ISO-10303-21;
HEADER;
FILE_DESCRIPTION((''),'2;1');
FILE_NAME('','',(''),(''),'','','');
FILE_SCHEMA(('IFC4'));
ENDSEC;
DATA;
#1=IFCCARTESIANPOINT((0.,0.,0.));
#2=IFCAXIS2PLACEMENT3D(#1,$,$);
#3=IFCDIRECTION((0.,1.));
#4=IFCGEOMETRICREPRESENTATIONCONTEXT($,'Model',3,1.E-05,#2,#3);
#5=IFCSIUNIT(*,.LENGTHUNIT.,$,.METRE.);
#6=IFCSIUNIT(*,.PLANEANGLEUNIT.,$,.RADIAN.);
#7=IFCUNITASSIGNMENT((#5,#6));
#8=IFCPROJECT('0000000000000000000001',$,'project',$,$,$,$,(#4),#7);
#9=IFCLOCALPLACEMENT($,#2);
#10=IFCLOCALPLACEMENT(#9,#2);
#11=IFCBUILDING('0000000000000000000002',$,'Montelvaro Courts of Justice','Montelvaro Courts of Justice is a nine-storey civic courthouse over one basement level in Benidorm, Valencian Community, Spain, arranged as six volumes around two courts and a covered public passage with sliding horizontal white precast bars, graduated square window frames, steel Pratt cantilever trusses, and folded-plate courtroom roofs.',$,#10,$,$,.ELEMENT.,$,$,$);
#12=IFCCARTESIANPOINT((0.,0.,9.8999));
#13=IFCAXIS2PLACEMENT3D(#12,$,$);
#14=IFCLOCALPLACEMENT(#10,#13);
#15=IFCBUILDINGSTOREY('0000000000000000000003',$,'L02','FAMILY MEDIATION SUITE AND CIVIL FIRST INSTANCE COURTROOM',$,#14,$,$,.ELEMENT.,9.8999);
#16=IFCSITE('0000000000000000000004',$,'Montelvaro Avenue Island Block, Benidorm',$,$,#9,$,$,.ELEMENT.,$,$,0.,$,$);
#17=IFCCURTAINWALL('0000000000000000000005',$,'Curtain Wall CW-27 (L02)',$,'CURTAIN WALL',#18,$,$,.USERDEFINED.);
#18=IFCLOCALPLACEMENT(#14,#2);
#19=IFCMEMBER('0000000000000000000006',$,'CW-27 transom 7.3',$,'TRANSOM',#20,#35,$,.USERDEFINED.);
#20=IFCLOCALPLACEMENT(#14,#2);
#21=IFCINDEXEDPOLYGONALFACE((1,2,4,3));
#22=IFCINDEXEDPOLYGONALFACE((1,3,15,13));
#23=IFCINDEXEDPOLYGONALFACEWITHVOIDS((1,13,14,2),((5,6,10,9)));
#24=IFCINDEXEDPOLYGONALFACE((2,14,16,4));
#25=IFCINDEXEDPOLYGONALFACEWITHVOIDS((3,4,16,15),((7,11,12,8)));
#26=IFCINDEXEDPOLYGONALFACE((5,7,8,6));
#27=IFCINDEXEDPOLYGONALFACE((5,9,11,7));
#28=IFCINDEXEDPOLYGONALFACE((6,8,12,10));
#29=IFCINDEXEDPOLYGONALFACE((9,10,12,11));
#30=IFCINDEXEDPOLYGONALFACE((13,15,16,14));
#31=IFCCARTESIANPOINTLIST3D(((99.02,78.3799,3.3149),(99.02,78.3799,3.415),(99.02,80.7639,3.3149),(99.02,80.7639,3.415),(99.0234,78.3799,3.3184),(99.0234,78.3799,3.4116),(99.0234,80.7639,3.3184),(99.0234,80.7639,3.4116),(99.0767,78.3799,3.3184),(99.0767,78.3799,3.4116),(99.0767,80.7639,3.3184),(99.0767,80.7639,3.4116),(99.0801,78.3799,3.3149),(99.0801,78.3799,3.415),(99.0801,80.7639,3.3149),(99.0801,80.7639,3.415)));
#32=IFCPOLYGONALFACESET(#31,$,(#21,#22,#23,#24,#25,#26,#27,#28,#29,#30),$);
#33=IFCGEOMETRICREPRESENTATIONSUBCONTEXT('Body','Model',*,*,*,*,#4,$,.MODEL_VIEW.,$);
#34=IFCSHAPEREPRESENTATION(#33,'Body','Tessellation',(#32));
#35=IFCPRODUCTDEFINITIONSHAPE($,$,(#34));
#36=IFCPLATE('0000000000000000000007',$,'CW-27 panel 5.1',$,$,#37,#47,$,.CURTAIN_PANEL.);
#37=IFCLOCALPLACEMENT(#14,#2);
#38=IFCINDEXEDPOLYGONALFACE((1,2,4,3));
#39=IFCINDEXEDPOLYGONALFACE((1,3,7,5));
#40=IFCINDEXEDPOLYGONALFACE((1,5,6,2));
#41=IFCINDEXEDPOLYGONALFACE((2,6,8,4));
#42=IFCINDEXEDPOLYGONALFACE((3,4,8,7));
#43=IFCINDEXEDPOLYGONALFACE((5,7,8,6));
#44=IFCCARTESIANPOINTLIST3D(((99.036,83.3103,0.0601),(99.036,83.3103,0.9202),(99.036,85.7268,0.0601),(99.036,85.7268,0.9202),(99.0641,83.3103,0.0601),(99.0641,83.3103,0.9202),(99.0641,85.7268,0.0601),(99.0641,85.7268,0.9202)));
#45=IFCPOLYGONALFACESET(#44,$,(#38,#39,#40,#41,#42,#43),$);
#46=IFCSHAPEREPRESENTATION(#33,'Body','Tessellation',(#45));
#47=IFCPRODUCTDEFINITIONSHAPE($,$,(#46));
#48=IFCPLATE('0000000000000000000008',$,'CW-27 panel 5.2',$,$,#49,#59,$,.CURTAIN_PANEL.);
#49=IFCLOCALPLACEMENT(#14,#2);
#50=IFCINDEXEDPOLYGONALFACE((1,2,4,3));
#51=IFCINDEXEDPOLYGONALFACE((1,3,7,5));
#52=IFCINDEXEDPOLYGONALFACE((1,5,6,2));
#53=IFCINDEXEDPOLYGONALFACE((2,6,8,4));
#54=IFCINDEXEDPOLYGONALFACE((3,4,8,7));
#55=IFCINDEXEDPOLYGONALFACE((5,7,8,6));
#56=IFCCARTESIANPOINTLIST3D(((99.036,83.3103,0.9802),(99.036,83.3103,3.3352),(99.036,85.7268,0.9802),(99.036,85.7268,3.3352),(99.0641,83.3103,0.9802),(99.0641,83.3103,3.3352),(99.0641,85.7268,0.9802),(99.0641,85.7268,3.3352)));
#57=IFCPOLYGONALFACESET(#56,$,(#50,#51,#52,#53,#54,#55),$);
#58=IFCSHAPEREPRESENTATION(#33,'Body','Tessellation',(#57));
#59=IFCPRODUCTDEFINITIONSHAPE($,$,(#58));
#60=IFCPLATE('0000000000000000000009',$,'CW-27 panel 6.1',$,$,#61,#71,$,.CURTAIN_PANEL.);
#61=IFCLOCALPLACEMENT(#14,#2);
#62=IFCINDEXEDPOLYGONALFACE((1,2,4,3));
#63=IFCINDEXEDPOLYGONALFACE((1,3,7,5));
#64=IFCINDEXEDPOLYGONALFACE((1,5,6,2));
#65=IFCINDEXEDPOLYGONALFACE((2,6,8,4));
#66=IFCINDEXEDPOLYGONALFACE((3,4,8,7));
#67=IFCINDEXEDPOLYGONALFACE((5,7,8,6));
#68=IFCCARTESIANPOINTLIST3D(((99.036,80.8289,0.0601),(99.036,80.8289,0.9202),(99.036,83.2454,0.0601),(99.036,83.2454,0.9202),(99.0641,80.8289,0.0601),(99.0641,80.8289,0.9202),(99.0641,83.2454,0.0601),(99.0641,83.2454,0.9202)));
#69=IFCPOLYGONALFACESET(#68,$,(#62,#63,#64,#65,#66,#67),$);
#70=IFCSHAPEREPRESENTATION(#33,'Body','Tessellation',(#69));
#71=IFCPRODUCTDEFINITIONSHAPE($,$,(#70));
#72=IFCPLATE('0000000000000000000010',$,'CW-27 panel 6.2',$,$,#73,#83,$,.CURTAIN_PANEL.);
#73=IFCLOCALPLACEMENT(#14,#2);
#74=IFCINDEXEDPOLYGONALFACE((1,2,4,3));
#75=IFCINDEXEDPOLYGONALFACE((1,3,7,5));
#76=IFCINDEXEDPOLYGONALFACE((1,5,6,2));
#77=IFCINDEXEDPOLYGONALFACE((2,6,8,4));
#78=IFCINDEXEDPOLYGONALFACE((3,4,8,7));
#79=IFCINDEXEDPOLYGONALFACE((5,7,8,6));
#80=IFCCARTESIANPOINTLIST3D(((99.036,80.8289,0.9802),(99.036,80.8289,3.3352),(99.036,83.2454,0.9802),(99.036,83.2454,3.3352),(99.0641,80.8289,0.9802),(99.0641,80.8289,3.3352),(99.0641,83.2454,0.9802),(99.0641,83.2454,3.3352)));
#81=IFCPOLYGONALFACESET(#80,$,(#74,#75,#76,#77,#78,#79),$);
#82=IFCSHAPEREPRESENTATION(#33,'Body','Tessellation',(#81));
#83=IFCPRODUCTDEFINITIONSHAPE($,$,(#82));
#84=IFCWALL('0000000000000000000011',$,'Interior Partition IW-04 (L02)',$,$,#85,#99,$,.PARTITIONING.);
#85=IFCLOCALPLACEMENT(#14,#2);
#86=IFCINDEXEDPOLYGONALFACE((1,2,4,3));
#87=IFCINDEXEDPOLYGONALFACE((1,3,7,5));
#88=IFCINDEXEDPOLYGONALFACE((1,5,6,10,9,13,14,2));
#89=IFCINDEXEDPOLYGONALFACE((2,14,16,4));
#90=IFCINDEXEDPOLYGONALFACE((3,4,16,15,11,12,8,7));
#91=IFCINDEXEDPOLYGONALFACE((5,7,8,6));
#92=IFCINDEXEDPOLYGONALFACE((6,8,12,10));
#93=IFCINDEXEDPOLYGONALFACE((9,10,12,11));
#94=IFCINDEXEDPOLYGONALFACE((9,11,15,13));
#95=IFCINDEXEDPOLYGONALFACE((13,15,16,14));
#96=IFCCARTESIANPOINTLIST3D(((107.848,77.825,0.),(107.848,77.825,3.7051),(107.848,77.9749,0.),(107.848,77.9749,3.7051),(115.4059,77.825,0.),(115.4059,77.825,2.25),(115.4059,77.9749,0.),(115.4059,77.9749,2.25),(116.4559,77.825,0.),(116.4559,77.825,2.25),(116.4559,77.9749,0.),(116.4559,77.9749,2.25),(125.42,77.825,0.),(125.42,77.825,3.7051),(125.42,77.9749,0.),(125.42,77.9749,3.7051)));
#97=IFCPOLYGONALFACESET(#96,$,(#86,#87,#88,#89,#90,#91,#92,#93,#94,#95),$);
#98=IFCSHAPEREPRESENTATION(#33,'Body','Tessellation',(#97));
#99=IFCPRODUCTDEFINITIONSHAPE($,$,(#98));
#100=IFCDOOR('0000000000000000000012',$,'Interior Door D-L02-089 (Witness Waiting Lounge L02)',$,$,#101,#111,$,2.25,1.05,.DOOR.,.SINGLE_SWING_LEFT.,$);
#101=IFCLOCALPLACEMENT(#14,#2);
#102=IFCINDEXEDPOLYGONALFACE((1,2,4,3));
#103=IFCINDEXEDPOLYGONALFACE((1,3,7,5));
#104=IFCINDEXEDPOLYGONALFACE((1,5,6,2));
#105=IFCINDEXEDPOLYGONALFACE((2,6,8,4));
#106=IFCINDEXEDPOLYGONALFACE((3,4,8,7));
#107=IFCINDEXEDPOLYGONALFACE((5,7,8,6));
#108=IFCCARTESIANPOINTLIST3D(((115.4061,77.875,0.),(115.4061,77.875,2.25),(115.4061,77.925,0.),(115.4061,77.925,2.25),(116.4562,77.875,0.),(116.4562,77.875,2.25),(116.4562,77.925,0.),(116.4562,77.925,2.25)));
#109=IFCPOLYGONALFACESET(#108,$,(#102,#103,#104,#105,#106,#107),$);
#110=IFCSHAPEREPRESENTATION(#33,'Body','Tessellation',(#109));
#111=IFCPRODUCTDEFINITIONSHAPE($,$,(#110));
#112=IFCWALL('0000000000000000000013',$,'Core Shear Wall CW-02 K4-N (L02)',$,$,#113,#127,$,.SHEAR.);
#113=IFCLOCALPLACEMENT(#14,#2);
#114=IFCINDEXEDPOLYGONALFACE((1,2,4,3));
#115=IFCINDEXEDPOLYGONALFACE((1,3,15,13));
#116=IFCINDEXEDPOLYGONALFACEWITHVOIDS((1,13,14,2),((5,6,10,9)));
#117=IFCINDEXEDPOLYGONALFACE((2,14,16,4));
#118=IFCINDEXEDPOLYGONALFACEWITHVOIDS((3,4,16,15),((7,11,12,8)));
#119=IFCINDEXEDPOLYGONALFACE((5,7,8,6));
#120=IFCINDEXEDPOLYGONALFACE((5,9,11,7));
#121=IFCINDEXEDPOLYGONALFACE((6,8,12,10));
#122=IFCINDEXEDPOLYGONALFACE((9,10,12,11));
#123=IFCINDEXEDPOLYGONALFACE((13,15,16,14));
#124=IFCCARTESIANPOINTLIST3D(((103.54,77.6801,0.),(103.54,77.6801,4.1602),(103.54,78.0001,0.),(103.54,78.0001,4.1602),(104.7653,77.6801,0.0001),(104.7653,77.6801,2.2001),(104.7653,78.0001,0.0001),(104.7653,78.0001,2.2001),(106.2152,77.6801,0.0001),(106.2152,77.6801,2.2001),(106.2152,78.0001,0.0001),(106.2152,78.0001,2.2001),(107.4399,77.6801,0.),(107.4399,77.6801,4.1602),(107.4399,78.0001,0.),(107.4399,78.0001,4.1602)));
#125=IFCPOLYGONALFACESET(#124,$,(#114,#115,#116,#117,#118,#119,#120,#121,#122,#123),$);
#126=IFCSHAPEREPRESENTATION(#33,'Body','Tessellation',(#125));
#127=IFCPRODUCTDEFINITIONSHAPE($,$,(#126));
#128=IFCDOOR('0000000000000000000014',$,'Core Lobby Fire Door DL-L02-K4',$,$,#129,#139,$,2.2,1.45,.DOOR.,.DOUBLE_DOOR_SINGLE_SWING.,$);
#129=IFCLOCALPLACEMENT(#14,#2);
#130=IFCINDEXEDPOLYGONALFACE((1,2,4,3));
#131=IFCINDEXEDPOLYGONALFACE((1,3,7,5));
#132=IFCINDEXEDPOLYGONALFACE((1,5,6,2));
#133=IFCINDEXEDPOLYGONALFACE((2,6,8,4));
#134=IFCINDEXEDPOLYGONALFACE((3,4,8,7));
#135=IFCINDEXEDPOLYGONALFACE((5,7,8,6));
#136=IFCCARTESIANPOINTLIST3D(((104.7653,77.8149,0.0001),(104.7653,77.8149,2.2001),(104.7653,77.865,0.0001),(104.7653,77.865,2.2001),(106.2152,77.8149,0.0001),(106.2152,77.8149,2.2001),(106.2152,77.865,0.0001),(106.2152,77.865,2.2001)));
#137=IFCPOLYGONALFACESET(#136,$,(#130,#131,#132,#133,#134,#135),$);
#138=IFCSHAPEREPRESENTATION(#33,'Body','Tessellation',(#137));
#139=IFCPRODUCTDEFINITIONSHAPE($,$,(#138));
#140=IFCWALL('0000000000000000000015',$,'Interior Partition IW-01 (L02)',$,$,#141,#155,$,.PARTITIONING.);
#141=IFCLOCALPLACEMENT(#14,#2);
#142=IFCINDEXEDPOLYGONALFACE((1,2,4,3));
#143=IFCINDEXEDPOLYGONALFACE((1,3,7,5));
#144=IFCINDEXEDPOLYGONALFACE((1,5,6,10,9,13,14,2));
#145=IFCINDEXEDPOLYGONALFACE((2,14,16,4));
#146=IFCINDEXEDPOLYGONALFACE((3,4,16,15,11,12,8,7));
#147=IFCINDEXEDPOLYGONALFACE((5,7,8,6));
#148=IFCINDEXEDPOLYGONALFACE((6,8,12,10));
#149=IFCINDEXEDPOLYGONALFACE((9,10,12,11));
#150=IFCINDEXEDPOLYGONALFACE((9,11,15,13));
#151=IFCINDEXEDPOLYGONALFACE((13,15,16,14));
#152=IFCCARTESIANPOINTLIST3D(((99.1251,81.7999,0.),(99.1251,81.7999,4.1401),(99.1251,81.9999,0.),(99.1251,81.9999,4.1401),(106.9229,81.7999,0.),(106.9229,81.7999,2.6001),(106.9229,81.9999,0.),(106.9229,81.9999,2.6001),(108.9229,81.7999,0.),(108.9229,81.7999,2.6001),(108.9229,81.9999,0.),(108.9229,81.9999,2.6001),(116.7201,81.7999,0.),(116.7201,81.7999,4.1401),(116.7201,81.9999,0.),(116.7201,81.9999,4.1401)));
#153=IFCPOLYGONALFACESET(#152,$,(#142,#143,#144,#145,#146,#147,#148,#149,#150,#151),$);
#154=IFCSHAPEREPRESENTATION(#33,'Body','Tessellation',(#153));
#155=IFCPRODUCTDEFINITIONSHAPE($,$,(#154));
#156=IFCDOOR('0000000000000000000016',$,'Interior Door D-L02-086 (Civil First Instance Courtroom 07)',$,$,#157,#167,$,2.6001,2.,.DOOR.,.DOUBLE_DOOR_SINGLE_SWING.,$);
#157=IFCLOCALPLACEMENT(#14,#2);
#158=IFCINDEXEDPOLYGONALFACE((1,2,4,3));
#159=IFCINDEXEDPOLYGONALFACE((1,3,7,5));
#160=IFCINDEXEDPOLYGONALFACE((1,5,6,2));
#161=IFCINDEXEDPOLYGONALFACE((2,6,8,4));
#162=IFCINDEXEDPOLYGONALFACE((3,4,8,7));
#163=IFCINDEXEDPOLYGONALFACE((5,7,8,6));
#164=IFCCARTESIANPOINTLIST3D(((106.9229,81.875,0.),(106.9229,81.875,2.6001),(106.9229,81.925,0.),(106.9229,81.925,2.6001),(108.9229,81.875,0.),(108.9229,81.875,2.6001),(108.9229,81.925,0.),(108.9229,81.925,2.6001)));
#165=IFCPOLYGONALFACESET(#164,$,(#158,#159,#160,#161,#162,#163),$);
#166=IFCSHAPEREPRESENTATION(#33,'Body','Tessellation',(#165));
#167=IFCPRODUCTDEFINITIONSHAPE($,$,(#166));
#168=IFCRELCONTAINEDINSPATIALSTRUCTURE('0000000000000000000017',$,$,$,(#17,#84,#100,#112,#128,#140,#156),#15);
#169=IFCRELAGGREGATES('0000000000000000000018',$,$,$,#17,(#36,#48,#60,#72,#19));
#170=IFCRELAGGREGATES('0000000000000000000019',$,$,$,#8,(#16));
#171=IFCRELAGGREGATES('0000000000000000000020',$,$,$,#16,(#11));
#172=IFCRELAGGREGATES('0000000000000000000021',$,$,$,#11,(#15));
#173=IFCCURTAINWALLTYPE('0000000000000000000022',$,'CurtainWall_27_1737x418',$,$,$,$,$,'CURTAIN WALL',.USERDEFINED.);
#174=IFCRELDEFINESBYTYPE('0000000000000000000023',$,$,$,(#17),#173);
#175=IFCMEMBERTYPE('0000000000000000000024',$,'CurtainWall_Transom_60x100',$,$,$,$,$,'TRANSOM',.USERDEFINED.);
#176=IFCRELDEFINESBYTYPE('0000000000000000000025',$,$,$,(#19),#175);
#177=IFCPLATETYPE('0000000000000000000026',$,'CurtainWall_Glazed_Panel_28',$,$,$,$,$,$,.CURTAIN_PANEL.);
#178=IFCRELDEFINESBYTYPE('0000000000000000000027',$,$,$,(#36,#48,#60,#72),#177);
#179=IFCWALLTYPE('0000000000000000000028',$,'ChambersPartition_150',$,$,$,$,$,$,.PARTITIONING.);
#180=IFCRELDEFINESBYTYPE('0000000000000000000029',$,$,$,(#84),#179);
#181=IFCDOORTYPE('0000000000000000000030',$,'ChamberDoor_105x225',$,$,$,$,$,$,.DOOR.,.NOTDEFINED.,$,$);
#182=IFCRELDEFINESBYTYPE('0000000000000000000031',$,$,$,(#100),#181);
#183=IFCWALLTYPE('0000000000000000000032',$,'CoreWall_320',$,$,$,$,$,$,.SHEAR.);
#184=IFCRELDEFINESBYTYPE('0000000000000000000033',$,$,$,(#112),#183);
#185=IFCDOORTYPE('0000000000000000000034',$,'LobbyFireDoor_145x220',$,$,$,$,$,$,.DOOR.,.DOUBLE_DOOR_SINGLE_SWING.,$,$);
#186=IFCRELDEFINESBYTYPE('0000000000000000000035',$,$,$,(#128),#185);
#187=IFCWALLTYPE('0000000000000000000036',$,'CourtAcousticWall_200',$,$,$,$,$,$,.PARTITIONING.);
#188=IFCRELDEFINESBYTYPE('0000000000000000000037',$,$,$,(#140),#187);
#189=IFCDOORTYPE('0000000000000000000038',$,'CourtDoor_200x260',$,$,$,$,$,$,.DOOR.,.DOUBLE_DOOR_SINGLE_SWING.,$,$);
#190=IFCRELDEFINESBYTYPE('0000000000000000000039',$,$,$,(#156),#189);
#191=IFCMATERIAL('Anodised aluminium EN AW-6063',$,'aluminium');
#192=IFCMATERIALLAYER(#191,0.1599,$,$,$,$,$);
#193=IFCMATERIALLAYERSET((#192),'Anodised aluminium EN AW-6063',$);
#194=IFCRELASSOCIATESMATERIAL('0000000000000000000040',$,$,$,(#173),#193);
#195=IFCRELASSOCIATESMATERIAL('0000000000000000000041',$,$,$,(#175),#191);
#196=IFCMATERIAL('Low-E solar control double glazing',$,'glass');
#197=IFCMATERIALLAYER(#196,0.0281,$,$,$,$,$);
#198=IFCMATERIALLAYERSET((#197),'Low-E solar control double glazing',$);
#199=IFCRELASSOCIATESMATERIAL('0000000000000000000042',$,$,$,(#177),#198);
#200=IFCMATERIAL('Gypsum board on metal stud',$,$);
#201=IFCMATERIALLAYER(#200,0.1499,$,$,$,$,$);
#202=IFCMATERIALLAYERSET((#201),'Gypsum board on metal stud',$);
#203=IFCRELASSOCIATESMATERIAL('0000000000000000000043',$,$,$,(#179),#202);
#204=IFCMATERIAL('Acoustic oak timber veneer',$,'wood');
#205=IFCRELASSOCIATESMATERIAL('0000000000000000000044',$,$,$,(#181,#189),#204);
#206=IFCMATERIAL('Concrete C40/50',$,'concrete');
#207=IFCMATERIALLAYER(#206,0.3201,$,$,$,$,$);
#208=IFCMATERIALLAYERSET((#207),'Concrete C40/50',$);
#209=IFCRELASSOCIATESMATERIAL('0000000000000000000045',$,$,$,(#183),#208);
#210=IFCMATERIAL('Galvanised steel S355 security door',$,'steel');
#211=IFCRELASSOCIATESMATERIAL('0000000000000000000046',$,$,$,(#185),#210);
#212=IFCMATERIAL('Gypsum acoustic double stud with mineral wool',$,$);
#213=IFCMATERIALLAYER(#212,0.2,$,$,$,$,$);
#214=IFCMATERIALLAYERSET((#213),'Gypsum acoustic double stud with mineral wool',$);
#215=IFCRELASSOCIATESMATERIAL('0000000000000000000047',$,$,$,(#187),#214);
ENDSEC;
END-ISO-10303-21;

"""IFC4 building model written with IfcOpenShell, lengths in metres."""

from ifc_helpers import new_model, si_unit, direction, frame, frame_2d, origin, origin_2d, place, context, subcontext, project, spatial, rectangle, hollow_rectangle, extrude, material, layer, layer_set, material_profile, profile_set, type_object, element, fill, aggregate, save


model = new_model("IFC4")

# Units and contexts
model_context = context("Model", 3, precision=1e-05, world=origin(), true_north=direction((0.0, 1.0)))
body_context = subcontext(model_context, "Body", "Model", "MODEL_VIEW")
ifc_project = project(units=[si_unit("LENGTHUNIT", "METRE"), si_unit("PLANEANGLEUNIT", "RADIAN")], contexts=[model_context])

# Site, building, storey
site_placement = place(None, origin())
site = spatial("IfcSite", under=ifc_project, at=site_placement, Name="Montelvaro Avenue Island Block, Benidorm", CompositionType="ELEMENT", RefElevation=0.0)
building_placement = place(site_placement, origin())
building = spatial("IfcBuilding", under=site, at=building_placement, Name="Montelvaro Courts of Justice", Description="Montelvaro Courts of Justice is a nine-storey civic courthouse over one basement level in Benidorm, Valencian Community, Spain, arranged as six volumes around two courts and a covered public passage with sliding horizontal white precast bars, graduated square window frames, steel Pratt cantilever trusses, and folded-plate courtroom roofs.", CompositionType="ELEMENT")
storey_placement = place(building_placement, frame((0.0, 0.0, 9.8999)))
storey = spatial("IfcBuildingStorey", under=building, at=storey_placement, Name="L02", Description="FAMILY MEDIATION SUITE AND CIVIL FIRST INSTANCE COURTROOM", CompositionType="ELEMENT", Elevation=9.8999)

# Curtain wall, member, plates
ifc_material_1 = material(Name="Anodised aluminium EN AW-6063", Category="aluminium")
ifc_layer_1 = layer(ifc_material_1, 0.1599)
ifc_layer_set_1 = layer_set([ifc_layer_1], Name="Anodised aluminium EN AW-6063")
curtain_wall_type = type_object("IfcCurtainWallType", Name="CurtainWall_27_1737x418", ElementType="CURTAIN WALL", PredefinedType="USERDEFINED", material=ifc_layer_set_1)
curtain_wall_placement = place(storey_placement, origin())
curtain_wall = element("IfcCurtainWall", 1, at=curtain_wall_placement, inside=storey, type_object=curtain_wall_type, Name="Curtain Wall CW-27 (L02)", ObjectType="CURTAIN WALL", PredefinedType="USERDEFINED")
ifc_material_profile_1 = material_profile(ifc_material_1, hollow_rectangle(XDim=0.0601, YDim=0.1001, WallThickness=0.0034, at=origin_2d()), Name="ALU-T 60x100")
ifc_profile_set_1 = profile_set([ifc_material_profile_1], Name="Anodised aluminium EN AW-6063")
member_type_1 = type_object("IfcMemberType", Name="CurtainWall_Transom_60x100", ElementType="TRANSOM", PredefinedType="USERDEFINED", material=ifc_profile_set_1)
member_1_placement = place(storey_placement, frame((99.05, 80.7639, 3.365), z_axis=(0.0, -1.0, 0.0), x_axis=(1.0, 0.0, 0.0)))
member_1 = element("IfcMember", 2, at=member_1_placement, type_object=member_type_1, Name="CW-27 transom 7.3", ObjectType="TRANSOM", PredefinedType="USERDEFINED", context=body_context, shape_type="SweptSolid", body=[
    extrude(hollow_rectangle(XDim=0.0601, YDim=0.1001, WallThickness=0.0034, at=origin_2d()), origin(), (0.0, 0.0, 1.0), 2.384),
])
ifc_material_2 = material(Name="Low-E solar control double glazing", Category="glass")
ifc_layer_2 = layer(ifc_material_2, 0.0281)
ifc_layer_set_2 = layer_set([ifc_layer_2], Name="Low-E solar control double glazing")
plate_type = type_object("IfcPlateType", Name="CurtainWall_Glazed_Panel_28", PredefinedType="CURTAIN_PANEL", material=ifc_layer_set_2)
plate_1_placement = place(storey_placement, frame((99.05, 84.5186, 0.0601), z_axis=(0.0, 0.0, 1.0), x_axis=(0.0, -1.0, 0.0)))
plate_1 = element("IfcPlate", 3, at=plate_1_placement, type_object=plate_type, Name="CW-27 panel 5.1", PredefinedType="CURTAIN_PANEL", context=body_context, shape_type="SweptSolid", body=[
    extrude(rectangle(XDim=2.4165, YDim=0.0281, at=origin_2d()), origin(), (0.0, 0.0, 1.0), 0.8601),
])
plate_2_placement = place(storey_placement, frame((99.05, 84.5186, 0.9802), z_axis=(0.0, 0.0, 1.0), x_axis=(0.0, -1.0, 0.0)))
plate_2 = element("IfcPlate", 4, at=plate_2_placement, type_object=plate_type, Name="CW-27 panel 5.2", PredefinedType="CURTAIN_PANEL", context=body_context, shape_type="SweptSolid", body=[
    extrude(rectangle(XDim=2.4165, YDim=0.0281, at=origin_2d()), origin(), (0.0, 0.0, 1.0), 2.355),
])
plate_3_placement = place(storey_placement, frame((99.05, 82.0371, 0.0601), z_axis=(0.0, 0.0, 1.0), x_axis=(0.0, -1.0, 0.0)))
plate_3 = element("IfcPlate", 5, at=plate_3_placement, type_object=plate_type, Name="CW-27 panel 6.1", PredefinedType="CURTAIN_PANEL", context=body_context, shape_type="SweptSolid", body=[
    extrude(rectangle(XDim=2.4165, YDim=0.0281, at=origin_2d()), origin(), (0.0, 0.0, 1.0), 0.8601),
])
plate_4_placement = place(storey_placement, frame((99.05, 82.0371, 0.9802), z_axis=(0.0, 0.0, 1.0), x_axis=(0.0, -1.0, 0.0)))
plate_4 = element("IfcPlate", 6, at=plate_4_placement, type_object=plate_type, Name="CW-27 panel 6.2", PredefinedType="CURTAIN_PANEL", context=body_context, shape_type="SweptSolid", body=[
    extrude(rectangle(XDim=2.4165, YDim=0.0281, at=origin_2d()), origin(), (0.0, 0.0, 1.0), 2.355),
])
aggregate(curtain_wall, [plate_1, plate_2, plate_3, plate_4, member_1])

# Walls, openings, doors
ifc_material_3 = material(Name="Gypsum board on metal stud")
ifc_layer_3 = layer(ifc_material_3, 0.1499)
ifc_layer_set_3 = layer_set([ifc_layer_3], Name="Gypsum board on metal stud")
wall_type_1 = type_object("IfcWallType", Name="ChambersPartition_150", PredefinedType="PARTITIONING", material=ifc_layer_set_3)
wall_1_placement = place(storey_placement, frame((107.8479, 77.8999, 0.0), z_axis=(0.0, 0.0, 1.0), x_axis=(1.0, 0.0, 0.0)))
wall_1 = element("IfcWall", 7, at=wall_1_placement, inside=storey, type_object=wall_type_1, Name="Interior Partition IW-04 (L02)", PredefinedType="PARTITIONING", context=body_context, shape_type="SweptSolid", body=[
    extrude(rectangle(XDim=17.572, YDim=0.1499, at=frame_2d((8.7861, 0.0))), origin(), (0.0, 0.0, 1.0), 3.7051),
])
opening_1_placement = place(wall_1_placement, frame((7.5581, 0.0, 0.0)))
opening_1 = element("IfcOpeningElement", 8, at=opening_1_placement, cuts=wall_1, PredefinedType="OPENING", context=body_context, shape_type="SweptSolid", body=[
    extrude(rectangle(XDim=1.05, YDim=2.25, at=frame_2d((0.5249, 1.125))), frame((0.0, 0.0898, 0.0), z_axis=(0.0, -1.0, 0.0), x_axis=(1.0, 0.0, 0.0)), (0.0, 0.0, 1.0), 0.1797),
])
ifc_material_4 = material(Name="Acoustic oak timber veneer", Category="wood")
door_type_1 = type_object("IfcDoorType", Name="ChamberDoor_105x225", OperationType="NOTDEFINED", PredefinedType="DOOR", material=ifc_material_4)
door_1_placement = place(opening_1_placement, frame((1.05, 0.0, 0.0), z_axis=(0.0, 0.0, 1.0), x_axis=(-1.0, 0.0, 0.0)))
door_1 = element("IfcDoor", 9, at=door_1_placement, inside=storey, type_object=door_type_1, Name="Interior Door D-L02-089 (Witness Waiting Lounge L02)", OperationType="SINGLE_SWING_LEFT", OverallHeight=2.25, OverallWidth=1.05, PredefinedType="DOOR", context=body_context, shape_type="SweptSolid", body=[
    extrude(rectangle(XDim=1.05, YDim=2.25, at=frame_2d((0.5249, 1.125))), frame((0.0, 0.0249, 0.0), z_axis=(0.0, -1.0, 0.0), x_axis=(1.0, 0.0, 0.0)), (0.0, 0.0, 1.0), 0.05),
])
fill(opening_1, door_1)
ifc_material_5 = material(Name="Concrete C40/50", Category="concrete")
ifc_layer_4 = layer(ifc_material_5, 0.3201)
ifc_layer_set_4 = layer_set([ifc_layer_4], Name="Concrete C40/50")
wall_type_2 = type_object("IfcWallType", Name="CoreWall_320", PredefinedType="SHEAR", material=ifc_layer_set_4)
wall_2_placement = place(storey_placement, frame((103.54, 77.8401, 0.0), z_axis=(0.0, 0.0, 1.0), x_axis=(1.0, 0.0, 0.0)))
wall_2 = element("IfcWall", 10, at=wall_2_placement, inside=storey, type_object=wall_type_2, Name="Core Shear Wall CW-02 K4-N (L02)", PredefinedType="SHEAR", context=body_context, shape_type="SweptSolid", body=[
    extrude(rectangle(XDim=3.8999, YDim=0.3201, at=frame_2d((1.95, 0.0))), origin(), (0.0, 0.0, 1.0), 4.1602),
])
opening_2_placement = place(wall_2_placement, frame((1.2251, 0.0, 0.0)))
opening_2 = element("IfcOpeningElement", 11, at=opening_2_placement, cuts=wall_2, PredefinedType="OPENING", context=body_context, shape_type="SweptSolid", body=[
    extrude(rectangle(XDim=1.45, YDim=2.2, at=frame_2d((0.7251, 1.1001))), frame((0.0, 0.1748, 0.0), z_axis=(0.0, -1.0, 0.0), x_axis=(1.0, 0.0, 0.0)), (0.0, 0.0, 1.0), 0.3499),
])
ifc_material_6 = material(Name="Galvanised steel S355 security door", Category="steel")
door_type_2 = type_object("IfcDoorType", Name="LobbyFireDoor_145x220", OperationType="DOUBLE_DOOR_SINGLE_SWING", PredefinedType="DOOR", material=ifc_material_6)
door_2_placement = place(opening_2_placement, origin())
door_2 = element("IfcDoor", 12, at=door_2_placement, inside=storey, type_object=door_type_2, Name="Core Lobby Fire Door DL-L02-K4", OperationType="DOUBLE_DOOR_SINGLE_SWING", OverallHeight=2.2, OverallWidth=1.45, PredefinedType="DOOR", context=body_context, shape_type="SweptSolid", body=[
    extrude(rectangle(XDim=1.45, YDim=2.2, at=frame_2d((0.7251, 1.1001))), frame((0.0, 0.0249, 0.0), z_axis=(0.0, -1.0, 0.0), x_axis=(1.0, 0.0, 0.0)), (0.0, 0.0, 1.0), 0.05),
])
fill(opening_2, door_2)
ifc_material_7 = material(Name="Gypsum acoustic double stud with mineral wool")
ifc_layer_5 = layer(ifc_material_7, 0.2)
ifc_layer_set_5 = layer_set([ifc_layer_5], Name="Gypsum acoustic double stud with mineral wool")
wall_type_3 = type_object("IfcWallType", Name="CourtAcousticWall_200", PredefinedType="PARTITIONING", material=ifc_layer_set_5)
wall_3_placement = place(storey_placement, frame((116.72, 81.8999, 0.0), z_axis=(0.0, 0.0, 1.0), x_axis=(-1.0, 0.0, 0.0)))
wall_3 = element("IfcWall", 13, at=wall_3_placement, inside=storey, type_object=wall_type_3, Name="Interior Partition IW-01 (L02)", PredefinedType="PARTITIONING", context=body_context, shape_type="SweptSolid", body=[
    extrude(rectangle(XDim=17.595, YDim=0.2, at=frame_2d((8.7974, 0.0))), origin(), (0.0, 0.0, 1.0), 4.1401),
])
opening_3_placement = place(wall_3_placement, frame((7.7971, 0.0, 0.0)))
opening_3 = element("IfcOpeningElement", 14, at=opening_3_placement, cuts=wall_3, PredefinedType="OPENING", context=body_context, shape_type="SweptSolid", body=[
    extrude(rectangle(XDim=2.0, YDim=2.6001, at=frame_2d((1.0, 1.3))), frame((0.0, 0.1147, 0.0), z_axis=(0.0, -1.0, 0.0), x_axis=(1.0, 0.0, 0.0)), (0.0, 0.0, 1.0), 0.2297),
])
door_type_3 = type_object("IfcDoorType", Name="CourtDoor_200x260", OperationType="DOUBLE_DOOR_SINGLE_SWING", PredefinedType="DOOR", material=ifc_material_4)
door_3_placement = place(opening_3_placement, origin())
door_3 = element("IfcDoor", 15, at=door_3_placement, inside=storey, type_object=door_type_3, Name="Interior Door D-L02-086 (Civil First Instance Courtroom 07)", OperationType="DOUBLE_DOOR_SINGLE_SWING", OverallHeight=2.6001, OverallWidth=2.0, PredefinedType="DOOR", context=body_context, shape_type="SweptSolid", body=[
    extrude(rectangle(XDim=2.0, YDim=2.6001, at=frame_2d((1.0, 1.3))), frame((0.0, 0.0249, 0.0), z_axis=(0.0, -1.0, 0.0), x_axis=(1.0, 0.0, 0.0)), (0.0, 0.0, 1.0), 0.05),
])
fill(opening_3, door_3)

save(model, "model.ifc")
